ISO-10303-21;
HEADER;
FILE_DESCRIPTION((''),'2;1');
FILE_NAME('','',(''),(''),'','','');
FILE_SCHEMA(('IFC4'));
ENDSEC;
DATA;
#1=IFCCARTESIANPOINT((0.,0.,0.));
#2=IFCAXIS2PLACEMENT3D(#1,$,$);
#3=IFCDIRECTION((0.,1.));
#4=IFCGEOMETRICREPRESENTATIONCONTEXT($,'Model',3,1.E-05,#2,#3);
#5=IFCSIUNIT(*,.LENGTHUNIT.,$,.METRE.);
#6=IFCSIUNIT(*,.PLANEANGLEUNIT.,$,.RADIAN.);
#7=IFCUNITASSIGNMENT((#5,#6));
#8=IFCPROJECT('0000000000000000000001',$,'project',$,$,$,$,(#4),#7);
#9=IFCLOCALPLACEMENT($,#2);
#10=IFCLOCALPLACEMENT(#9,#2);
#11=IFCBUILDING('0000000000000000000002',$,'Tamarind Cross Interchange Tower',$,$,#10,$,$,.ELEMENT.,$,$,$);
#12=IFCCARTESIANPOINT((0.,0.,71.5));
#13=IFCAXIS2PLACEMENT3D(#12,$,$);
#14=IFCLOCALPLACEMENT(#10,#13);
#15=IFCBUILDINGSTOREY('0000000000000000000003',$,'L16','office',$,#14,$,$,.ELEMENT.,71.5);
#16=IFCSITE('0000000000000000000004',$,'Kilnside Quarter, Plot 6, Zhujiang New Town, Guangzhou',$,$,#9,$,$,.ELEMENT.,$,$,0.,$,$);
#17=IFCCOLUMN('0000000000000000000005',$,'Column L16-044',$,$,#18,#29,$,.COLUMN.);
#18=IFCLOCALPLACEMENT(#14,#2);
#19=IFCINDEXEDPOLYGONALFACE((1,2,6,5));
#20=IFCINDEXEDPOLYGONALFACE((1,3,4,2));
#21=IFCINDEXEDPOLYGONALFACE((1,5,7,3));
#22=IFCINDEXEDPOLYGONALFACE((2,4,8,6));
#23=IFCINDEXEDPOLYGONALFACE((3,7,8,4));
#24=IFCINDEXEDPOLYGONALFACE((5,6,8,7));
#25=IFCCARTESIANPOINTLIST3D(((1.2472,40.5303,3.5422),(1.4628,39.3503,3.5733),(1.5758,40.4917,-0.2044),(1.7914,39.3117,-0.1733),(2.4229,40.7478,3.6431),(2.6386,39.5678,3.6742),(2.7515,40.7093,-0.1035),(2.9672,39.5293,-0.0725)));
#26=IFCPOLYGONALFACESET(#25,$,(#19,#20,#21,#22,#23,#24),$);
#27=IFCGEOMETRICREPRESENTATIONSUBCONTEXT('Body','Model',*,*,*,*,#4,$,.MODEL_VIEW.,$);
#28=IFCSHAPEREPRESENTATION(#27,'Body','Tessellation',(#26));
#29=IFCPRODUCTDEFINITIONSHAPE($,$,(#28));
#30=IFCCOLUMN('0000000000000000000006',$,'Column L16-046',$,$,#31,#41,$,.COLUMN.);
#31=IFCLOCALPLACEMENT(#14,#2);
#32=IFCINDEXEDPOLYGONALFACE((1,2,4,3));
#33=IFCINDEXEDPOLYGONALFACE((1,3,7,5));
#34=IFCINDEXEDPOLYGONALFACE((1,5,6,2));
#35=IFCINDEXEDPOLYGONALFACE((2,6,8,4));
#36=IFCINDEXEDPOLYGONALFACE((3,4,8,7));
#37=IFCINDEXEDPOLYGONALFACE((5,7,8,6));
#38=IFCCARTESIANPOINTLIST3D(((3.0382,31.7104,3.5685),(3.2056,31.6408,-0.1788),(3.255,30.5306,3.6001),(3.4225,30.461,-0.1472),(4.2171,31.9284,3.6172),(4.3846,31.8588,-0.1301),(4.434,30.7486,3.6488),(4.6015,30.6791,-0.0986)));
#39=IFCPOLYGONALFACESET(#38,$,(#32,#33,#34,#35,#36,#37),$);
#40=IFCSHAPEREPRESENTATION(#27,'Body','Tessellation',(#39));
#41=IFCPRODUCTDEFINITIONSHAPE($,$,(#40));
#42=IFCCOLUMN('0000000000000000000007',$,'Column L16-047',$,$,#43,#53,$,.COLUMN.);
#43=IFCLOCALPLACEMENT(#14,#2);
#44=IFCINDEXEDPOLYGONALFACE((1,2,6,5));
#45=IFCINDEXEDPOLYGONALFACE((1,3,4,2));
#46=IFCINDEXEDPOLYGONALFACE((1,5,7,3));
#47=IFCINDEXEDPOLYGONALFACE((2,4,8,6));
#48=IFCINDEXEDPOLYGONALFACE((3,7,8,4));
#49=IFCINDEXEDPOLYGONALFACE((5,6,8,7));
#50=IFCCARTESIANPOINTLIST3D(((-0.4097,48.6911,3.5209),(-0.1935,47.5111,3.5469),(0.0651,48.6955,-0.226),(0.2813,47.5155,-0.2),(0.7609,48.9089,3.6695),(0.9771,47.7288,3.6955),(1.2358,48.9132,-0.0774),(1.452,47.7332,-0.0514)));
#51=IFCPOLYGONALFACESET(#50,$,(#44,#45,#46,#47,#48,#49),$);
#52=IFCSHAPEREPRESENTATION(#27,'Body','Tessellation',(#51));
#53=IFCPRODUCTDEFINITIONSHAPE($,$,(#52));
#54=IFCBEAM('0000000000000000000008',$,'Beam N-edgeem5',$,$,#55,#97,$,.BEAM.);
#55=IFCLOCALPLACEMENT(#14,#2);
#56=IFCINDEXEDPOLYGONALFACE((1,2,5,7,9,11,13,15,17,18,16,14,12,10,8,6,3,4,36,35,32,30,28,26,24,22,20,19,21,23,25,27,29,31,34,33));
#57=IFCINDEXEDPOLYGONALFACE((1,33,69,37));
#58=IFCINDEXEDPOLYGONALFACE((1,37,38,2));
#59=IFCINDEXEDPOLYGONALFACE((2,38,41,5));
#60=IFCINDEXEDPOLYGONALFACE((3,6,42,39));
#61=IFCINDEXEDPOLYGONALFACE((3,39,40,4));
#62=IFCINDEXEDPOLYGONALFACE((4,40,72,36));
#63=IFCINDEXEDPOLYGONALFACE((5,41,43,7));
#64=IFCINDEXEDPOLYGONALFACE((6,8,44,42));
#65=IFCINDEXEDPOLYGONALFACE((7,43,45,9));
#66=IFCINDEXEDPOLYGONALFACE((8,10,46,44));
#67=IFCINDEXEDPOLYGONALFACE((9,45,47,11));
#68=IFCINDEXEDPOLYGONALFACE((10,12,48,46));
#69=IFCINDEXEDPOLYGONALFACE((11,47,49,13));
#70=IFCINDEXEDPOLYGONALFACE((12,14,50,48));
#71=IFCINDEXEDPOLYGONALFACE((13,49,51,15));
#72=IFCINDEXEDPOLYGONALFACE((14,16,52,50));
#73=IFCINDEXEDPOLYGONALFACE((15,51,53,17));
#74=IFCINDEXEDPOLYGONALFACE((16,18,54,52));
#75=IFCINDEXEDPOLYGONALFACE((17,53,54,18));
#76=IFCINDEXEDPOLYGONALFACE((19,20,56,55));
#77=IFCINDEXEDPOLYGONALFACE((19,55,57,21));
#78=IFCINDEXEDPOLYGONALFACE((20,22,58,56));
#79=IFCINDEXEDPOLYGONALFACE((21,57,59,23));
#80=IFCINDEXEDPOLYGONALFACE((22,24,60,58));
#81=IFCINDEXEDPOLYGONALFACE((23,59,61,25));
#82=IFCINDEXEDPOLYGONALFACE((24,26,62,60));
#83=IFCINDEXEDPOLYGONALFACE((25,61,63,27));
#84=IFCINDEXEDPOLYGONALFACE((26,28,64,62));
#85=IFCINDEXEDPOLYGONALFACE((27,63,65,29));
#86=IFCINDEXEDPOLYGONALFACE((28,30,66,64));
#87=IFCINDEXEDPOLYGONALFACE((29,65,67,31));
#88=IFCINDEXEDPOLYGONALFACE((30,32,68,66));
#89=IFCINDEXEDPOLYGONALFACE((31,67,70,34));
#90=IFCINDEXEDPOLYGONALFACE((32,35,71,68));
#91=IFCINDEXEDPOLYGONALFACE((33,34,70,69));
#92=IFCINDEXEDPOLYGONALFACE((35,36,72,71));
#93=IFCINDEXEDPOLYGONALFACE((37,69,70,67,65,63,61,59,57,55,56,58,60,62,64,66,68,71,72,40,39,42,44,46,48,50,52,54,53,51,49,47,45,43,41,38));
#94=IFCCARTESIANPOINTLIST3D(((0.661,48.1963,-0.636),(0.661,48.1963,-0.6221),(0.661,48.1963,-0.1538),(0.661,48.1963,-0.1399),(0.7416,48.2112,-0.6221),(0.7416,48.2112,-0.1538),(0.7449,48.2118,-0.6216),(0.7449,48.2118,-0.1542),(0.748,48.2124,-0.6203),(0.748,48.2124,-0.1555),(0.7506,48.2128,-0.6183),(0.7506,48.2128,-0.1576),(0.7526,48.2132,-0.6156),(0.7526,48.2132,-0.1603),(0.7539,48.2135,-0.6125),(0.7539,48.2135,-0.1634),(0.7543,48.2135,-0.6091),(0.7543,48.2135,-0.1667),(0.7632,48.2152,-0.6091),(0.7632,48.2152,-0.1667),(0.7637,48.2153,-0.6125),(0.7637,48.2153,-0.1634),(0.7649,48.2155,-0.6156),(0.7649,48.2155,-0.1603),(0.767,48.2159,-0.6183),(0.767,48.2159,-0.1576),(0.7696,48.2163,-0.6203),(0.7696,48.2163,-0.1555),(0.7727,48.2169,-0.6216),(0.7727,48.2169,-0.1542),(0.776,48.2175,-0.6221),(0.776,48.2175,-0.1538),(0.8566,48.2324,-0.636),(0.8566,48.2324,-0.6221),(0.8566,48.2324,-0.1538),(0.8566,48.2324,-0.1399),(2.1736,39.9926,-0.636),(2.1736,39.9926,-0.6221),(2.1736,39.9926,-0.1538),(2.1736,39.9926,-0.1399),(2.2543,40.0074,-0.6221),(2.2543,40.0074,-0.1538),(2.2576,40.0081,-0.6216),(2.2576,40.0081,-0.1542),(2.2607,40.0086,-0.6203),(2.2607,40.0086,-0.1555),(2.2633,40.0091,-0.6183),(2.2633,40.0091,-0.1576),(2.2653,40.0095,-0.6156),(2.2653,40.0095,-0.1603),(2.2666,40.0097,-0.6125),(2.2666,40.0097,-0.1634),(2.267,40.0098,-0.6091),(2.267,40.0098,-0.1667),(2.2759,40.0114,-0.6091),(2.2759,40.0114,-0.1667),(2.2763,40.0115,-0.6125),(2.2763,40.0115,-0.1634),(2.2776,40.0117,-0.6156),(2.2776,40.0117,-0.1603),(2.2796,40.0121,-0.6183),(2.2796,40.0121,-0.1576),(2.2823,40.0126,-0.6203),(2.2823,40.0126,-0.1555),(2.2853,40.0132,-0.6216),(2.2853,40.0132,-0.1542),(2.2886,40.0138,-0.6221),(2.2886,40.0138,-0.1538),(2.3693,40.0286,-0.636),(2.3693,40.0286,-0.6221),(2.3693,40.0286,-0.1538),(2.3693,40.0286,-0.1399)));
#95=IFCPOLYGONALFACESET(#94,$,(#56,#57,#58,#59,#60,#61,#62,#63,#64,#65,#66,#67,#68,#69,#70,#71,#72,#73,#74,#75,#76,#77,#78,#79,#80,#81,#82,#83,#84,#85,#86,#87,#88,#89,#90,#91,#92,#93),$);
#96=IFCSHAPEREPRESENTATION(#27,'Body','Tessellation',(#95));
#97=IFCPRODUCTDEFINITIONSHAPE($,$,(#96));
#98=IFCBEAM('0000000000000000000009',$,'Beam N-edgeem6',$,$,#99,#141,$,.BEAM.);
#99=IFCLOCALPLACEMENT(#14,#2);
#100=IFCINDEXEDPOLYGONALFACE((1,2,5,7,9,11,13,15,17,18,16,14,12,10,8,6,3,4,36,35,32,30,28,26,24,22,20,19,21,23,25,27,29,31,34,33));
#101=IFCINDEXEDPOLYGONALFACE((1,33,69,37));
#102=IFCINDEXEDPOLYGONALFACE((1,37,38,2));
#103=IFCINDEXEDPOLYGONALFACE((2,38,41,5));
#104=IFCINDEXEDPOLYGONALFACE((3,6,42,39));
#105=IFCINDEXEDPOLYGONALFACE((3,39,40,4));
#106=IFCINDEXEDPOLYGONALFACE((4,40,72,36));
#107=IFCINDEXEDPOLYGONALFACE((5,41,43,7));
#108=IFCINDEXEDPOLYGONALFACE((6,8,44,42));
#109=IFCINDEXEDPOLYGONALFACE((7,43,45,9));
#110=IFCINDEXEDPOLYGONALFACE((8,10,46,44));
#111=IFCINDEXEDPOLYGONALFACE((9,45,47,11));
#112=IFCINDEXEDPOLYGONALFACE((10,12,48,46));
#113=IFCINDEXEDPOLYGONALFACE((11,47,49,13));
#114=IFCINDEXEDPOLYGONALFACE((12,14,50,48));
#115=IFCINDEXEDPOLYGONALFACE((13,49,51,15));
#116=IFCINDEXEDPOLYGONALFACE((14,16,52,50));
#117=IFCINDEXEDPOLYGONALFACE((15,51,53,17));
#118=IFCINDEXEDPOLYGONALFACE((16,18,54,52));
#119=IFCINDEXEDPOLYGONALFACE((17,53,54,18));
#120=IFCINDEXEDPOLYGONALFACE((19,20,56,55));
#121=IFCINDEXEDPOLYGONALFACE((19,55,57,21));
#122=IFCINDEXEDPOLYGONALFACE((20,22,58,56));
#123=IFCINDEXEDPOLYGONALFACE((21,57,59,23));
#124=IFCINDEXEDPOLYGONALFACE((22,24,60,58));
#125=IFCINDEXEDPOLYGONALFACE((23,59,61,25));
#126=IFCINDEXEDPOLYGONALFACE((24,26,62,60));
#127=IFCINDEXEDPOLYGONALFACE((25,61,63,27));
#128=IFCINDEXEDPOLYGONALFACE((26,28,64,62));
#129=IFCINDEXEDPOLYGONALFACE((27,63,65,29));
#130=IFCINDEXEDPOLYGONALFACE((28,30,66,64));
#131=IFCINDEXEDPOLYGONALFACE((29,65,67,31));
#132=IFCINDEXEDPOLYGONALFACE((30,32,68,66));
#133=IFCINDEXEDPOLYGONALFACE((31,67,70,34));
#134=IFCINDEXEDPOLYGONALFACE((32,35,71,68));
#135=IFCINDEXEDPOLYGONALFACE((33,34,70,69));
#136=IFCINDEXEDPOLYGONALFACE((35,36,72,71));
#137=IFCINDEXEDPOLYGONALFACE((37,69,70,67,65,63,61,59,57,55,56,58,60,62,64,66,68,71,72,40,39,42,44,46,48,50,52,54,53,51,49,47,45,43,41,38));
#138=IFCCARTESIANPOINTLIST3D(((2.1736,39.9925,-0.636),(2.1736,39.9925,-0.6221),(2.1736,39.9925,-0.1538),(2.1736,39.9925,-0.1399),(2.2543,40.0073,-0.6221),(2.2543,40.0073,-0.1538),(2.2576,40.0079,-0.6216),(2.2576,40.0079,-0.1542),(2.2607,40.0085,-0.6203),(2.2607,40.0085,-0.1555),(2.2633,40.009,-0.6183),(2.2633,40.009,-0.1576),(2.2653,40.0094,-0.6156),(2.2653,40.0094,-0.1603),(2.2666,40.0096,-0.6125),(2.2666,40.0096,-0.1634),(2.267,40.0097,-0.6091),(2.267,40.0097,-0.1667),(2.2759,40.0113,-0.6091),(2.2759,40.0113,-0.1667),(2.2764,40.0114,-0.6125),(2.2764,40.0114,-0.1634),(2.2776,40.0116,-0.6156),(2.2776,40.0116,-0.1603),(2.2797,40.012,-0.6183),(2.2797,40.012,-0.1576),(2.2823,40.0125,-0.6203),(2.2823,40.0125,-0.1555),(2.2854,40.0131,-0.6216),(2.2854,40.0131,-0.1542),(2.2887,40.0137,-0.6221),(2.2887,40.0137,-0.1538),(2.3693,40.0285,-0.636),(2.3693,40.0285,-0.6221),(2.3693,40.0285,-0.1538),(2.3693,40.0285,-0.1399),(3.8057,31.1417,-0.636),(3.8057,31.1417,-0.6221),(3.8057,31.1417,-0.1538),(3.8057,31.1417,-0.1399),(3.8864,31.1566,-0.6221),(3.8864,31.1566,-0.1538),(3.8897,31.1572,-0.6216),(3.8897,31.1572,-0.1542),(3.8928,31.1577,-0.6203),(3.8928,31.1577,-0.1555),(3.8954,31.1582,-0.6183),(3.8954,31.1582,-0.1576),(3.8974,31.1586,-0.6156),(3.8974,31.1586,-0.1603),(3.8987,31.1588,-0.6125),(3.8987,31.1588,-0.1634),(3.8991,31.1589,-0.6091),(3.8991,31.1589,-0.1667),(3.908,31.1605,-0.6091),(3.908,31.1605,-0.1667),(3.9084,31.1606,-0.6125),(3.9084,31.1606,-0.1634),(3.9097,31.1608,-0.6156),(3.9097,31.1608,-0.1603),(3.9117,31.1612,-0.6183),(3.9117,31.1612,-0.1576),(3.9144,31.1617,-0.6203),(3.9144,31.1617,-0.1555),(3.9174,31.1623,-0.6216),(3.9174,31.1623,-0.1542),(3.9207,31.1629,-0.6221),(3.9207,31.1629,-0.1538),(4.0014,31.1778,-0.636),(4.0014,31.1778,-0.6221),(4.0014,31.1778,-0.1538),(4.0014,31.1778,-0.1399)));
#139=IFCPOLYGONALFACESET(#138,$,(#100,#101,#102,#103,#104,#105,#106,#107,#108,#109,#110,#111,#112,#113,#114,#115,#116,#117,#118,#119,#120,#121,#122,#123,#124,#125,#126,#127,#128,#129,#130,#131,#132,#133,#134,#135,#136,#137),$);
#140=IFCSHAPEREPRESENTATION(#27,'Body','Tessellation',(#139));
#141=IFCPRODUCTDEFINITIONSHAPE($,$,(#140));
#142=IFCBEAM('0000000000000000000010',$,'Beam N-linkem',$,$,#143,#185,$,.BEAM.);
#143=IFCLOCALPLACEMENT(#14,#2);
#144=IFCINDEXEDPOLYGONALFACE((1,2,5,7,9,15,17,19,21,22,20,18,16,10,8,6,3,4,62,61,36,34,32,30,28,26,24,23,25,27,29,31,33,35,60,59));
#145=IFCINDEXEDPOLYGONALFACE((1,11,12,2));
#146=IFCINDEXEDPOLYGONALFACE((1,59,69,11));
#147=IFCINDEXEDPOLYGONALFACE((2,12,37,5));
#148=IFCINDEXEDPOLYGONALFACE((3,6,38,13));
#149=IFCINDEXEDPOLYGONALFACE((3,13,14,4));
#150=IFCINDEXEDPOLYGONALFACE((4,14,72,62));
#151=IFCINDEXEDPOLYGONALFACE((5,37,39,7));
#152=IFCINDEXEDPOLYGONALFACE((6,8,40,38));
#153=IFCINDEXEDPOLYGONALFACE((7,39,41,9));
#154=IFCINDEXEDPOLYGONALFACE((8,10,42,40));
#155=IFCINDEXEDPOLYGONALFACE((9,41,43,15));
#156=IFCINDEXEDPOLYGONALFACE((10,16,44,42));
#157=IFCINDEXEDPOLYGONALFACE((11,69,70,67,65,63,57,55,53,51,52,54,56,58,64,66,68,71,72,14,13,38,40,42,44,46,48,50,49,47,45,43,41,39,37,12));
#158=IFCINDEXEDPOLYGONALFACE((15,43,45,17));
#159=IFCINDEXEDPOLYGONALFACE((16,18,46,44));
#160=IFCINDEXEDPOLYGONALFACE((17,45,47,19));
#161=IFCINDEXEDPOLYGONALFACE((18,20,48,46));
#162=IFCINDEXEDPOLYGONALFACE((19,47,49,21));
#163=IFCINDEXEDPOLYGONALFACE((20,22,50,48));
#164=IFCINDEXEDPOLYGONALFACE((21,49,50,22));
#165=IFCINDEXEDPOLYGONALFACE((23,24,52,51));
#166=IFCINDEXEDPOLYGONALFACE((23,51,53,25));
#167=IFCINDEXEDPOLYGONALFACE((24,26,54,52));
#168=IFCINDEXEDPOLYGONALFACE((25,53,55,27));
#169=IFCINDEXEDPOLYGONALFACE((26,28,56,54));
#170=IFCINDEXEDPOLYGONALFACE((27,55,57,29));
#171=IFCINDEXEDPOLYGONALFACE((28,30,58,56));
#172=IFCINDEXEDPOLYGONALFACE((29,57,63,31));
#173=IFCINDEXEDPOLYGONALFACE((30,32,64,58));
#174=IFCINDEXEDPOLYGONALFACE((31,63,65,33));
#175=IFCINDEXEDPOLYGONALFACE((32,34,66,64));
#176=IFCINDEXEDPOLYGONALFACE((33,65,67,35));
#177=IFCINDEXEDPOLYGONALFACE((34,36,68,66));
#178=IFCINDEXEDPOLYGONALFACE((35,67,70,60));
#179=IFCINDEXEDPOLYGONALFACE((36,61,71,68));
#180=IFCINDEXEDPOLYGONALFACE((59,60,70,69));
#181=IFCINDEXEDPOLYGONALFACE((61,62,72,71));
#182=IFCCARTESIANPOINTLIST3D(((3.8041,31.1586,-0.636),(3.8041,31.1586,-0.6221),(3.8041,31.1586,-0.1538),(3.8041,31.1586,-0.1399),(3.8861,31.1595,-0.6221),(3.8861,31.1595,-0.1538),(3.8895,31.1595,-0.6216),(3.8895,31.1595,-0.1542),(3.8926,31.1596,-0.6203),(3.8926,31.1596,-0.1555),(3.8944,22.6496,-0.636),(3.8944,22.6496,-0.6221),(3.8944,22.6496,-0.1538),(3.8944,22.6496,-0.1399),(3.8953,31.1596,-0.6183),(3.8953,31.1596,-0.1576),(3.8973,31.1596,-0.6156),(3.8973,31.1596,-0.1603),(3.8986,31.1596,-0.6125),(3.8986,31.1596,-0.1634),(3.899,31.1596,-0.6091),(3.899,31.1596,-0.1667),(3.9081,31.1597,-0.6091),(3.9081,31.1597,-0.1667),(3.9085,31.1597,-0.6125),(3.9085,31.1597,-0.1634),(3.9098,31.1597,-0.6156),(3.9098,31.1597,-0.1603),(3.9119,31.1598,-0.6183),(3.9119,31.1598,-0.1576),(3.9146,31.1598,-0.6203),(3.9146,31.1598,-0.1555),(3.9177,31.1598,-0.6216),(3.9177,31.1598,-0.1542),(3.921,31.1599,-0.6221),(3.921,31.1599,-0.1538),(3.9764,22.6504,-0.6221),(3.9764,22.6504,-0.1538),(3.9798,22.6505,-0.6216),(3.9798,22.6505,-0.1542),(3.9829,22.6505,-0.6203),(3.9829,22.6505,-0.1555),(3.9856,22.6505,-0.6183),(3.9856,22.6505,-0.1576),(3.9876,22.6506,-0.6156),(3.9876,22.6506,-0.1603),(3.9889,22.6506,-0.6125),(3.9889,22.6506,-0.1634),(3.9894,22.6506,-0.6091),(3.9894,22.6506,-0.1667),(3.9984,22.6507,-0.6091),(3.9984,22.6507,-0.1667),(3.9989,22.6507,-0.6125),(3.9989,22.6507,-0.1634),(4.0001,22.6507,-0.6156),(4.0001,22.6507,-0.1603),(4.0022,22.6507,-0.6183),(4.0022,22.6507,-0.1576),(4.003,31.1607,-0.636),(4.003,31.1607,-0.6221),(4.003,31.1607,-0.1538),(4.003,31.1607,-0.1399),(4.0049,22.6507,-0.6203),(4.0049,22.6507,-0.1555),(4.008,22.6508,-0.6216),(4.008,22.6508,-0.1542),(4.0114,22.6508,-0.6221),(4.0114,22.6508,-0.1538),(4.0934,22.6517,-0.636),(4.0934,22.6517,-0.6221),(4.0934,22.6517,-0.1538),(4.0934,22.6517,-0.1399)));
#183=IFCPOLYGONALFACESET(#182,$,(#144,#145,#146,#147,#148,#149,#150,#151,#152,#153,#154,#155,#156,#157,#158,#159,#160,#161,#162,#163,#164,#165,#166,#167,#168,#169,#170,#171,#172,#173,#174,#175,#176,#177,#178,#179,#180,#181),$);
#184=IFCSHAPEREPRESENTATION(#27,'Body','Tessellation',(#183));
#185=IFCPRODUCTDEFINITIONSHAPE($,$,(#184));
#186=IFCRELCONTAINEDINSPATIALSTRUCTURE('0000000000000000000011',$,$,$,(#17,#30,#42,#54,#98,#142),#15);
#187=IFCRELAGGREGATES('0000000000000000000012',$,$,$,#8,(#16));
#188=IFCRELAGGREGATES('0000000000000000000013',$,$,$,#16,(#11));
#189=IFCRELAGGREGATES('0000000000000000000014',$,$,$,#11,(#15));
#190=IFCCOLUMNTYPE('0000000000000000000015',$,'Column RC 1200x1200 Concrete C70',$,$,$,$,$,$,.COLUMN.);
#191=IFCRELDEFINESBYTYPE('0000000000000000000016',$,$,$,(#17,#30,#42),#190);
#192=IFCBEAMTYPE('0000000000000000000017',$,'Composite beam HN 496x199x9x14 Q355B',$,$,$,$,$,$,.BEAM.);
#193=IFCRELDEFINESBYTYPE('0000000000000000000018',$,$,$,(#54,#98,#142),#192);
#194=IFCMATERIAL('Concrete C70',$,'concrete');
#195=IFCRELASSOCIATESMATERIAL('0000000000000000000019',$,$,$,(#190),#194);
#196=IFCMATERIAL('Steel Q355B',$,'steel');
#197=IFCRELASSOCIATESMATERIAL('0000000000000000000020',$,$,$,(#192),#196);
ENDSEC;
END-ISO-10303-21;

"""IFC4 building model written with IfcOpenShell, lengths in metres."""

from ifc_helpers import new_model, si_unit, direction, frame, origin, origin_2d, place, context, subcontext, project, spatial, rectangle, i_section, extrude, material, material_profile, profile_set, type_object, element, save


model = new_model("IFC4")

# Units and contexts
model_context = context("Model", 3, precision=1e-05, world=origin(), true_north=direction((0.0, 1.0)))
body_context = subcontext(model_context, "Body", "Model", "MODEL_VIEW")
ifc_project = project(units=[si_unit("LENGTHUNIT", "METRE"), si_unit("PLANEANGLEUNIT", "RADIAN")], contexts=[model_context])

# Site, building, storey
site_placement = place(None, origin())
site = spatial("IfcSite", under=ifc_project, at=site_placement, Name="Kilnside Quarter, Plot 6, Zhujiang New Town, Guangzhou", CompositionType="ELEMENT", RefElevation=0.0)
building_placement = place(site_placement, origin())
building = spatial("IfcBuilding", under=site, at=building_placement, Name="Tamarind Cross Interchange Tower", CompositionType="ELEMENT")
storey_placement = place(building_placement, frame((0.0, 0.0, 71.5)))
storey = spatial("IfcBuildingStorey", under=building, at=storey_placement, Name="L16", Description="office", CompositionType="ELEMENT", Elevation=71.5)

# Columns
ifc_material_1 = material(Name="Concrete C70", Category="concrete")
ifc_material_profile_1 = material_profile(ifc_material_1, rectangle(XDim=1.2, YDim=1.2, at=origin_2d()), Name="RC 1200x1200")
ifc_profile_set_1 = profile_set([ifc_material_profile_1], Name="Concrete C70")
column_type = type_object("IfcColumnType", Name="Column RC 1200x1200 Concrete C70", PredefinedType="COLUMN", material=ifc_profile_set_1)
column_1_placement = place(storey_placement, frame((2.2715, 40.0105, -0.1384), z_axis=(-0.08737, 0.010256, 0.996123), x_axis=(0.179713, -0.983378, 0.025887)))
element("IfcColumn", 1, at=column_1_placement, inside=storey, type_object=column_type, Name="Column L16-044", PredefinedType="COLUMN", context=body_context, shape_type="SweptSolid", body=[
    extrude(rectangle(XDim=1.2, YDim=1.2, at=origin_2d()), origin(), (0.0, 0.0, 1.0), 3.7612),
])
column_2_placement = place(storey_placement, frame((3.9036, 31.1599, -0.1387), z_axis=(-0.044641, 0.018546, 0.998831), x_axis=(0.180747, -0.983177, 0.026334)))
element("IfcColumn", 2, at=column_2_placement, inside=storey, type_object=column_type, Name="Column L16-046", PredefinedType="COLUMN", context=body_context, shape_type="SweptSolid", body=[
    extrude(rectangle(XDim=1.2, YDim=1.2, at=origin_2d()), origin(), (0.0, 0.0, 1.0), 3.7517),
])
column_3_placement = place(storey_placement, frame((0.7585, 48.2144, -0.1387), z_axis=(-0.125729, -0.001164, 0.992064), x_axis=(0.180174, -0.983396, 0.021681)))
element("IfcColumn", 3, at=column_3_placement, inside=storey, type_object=column_type, Name="Column L16-047", PredefinedType="COLUMN", context=body_context, shape_type="SweptSolid", body=[
    extrude(rectangle(XDim=1.2, YDim=1.2, at=origin_2d()), origin(), (0.0, 0.0, 1.0), 3.7769),
])

# Beams
ifc_material_2 = material(Name="Steel Q355B", Category="steel")
ifc_material_profile_2 = material_profile(ifc_material_2, i_section(OverallWidth=0.199, OverallDepth=0.4961, WebThickness=0.009, FlangeThickness=0.0139, FilletRadius=0.0129, at=origin_2d()), Name="HN 496x199x9x14")
ifc_profile_set_2 = profile_set([ifc_material_profile_2], Name="Steel Q355B")
beam_type_1 = type_object("IfcBeamType", Name="Composite beam HN 496x199x9x14 Q355B", PredefinedType="BEAM", material=ifc_profile_set_2)
beam_1_placement = place(storey_placement, frame((0.7588, 48.2144, -0.3879), z_axis=(0.181332, -0.983422, 0.0), x_axis=(0.983422, 0.181332, 0.0)))
element("IfcBeam", 4, at=beam_1_placement, inside=storey, type_object=beam_type_1, Name="Beam N-edgeem5", PredefinedType="BEAM", context=body_context, shape_type="SweptSolid", body=[
    extrude(i_section(OverallWidth=0.199, OverallDepth=0.4961, WebThickness=0.009, FlangeThickness=0.0139, FilletRadius=0.0129, at=origin_2d()), origin(), (0.0, 0.0, 1.0), 8.342),
])
beam_2_placement = place(storey_placement, frame((2.2715, 40.0105, -0.3879), z_axis=(0.181341, -0.98342, 0.0), x_axis=(0.98342, 0.181341, 0.0)))
element("IfcBeam", 5, at=beam_2_placement, inside=storey, type_object=beam_type_1, Name="Beam N-edgeem6", PredefinedType="BEAM", context=body_context, shape_type="SweptSolid", body=[
    extrude(i_section(OverallWidth=0.199, OverallDepth=0.4961, WebThickness=0.009, FlangeThickness=0.0139, FilletRadius=0.0129, at=origin_2d()), origin(), (0.0, 0.0, 1.0), 9.0),
])
beam_3_placement = place(storey_placement, frame((3.9036, 31.1597, -0.3879), z_axis=(0.010615, -0.999944, 0.0), x_axis=(0.999944, 0.010615, 0.0)))
element("IfcBeam", 6, at=beam_3_placement, inside=storey, type_object=beam_type_1, Name="Beam N-linkem", PredefinedType="BEAM", context=body_context, shape_type="SweptSolid", body=[
    extrude(i_section(OverallWidth=0.199, OverallDepth=0.4961, WebThickness=0.009, FlangeThickness=0.0139, FilletRadius=0.0129, at=origin_2d()), origin(), (0.0, 0.0, 1.0), 8.5095),
])

save(model, "model.ifc")
